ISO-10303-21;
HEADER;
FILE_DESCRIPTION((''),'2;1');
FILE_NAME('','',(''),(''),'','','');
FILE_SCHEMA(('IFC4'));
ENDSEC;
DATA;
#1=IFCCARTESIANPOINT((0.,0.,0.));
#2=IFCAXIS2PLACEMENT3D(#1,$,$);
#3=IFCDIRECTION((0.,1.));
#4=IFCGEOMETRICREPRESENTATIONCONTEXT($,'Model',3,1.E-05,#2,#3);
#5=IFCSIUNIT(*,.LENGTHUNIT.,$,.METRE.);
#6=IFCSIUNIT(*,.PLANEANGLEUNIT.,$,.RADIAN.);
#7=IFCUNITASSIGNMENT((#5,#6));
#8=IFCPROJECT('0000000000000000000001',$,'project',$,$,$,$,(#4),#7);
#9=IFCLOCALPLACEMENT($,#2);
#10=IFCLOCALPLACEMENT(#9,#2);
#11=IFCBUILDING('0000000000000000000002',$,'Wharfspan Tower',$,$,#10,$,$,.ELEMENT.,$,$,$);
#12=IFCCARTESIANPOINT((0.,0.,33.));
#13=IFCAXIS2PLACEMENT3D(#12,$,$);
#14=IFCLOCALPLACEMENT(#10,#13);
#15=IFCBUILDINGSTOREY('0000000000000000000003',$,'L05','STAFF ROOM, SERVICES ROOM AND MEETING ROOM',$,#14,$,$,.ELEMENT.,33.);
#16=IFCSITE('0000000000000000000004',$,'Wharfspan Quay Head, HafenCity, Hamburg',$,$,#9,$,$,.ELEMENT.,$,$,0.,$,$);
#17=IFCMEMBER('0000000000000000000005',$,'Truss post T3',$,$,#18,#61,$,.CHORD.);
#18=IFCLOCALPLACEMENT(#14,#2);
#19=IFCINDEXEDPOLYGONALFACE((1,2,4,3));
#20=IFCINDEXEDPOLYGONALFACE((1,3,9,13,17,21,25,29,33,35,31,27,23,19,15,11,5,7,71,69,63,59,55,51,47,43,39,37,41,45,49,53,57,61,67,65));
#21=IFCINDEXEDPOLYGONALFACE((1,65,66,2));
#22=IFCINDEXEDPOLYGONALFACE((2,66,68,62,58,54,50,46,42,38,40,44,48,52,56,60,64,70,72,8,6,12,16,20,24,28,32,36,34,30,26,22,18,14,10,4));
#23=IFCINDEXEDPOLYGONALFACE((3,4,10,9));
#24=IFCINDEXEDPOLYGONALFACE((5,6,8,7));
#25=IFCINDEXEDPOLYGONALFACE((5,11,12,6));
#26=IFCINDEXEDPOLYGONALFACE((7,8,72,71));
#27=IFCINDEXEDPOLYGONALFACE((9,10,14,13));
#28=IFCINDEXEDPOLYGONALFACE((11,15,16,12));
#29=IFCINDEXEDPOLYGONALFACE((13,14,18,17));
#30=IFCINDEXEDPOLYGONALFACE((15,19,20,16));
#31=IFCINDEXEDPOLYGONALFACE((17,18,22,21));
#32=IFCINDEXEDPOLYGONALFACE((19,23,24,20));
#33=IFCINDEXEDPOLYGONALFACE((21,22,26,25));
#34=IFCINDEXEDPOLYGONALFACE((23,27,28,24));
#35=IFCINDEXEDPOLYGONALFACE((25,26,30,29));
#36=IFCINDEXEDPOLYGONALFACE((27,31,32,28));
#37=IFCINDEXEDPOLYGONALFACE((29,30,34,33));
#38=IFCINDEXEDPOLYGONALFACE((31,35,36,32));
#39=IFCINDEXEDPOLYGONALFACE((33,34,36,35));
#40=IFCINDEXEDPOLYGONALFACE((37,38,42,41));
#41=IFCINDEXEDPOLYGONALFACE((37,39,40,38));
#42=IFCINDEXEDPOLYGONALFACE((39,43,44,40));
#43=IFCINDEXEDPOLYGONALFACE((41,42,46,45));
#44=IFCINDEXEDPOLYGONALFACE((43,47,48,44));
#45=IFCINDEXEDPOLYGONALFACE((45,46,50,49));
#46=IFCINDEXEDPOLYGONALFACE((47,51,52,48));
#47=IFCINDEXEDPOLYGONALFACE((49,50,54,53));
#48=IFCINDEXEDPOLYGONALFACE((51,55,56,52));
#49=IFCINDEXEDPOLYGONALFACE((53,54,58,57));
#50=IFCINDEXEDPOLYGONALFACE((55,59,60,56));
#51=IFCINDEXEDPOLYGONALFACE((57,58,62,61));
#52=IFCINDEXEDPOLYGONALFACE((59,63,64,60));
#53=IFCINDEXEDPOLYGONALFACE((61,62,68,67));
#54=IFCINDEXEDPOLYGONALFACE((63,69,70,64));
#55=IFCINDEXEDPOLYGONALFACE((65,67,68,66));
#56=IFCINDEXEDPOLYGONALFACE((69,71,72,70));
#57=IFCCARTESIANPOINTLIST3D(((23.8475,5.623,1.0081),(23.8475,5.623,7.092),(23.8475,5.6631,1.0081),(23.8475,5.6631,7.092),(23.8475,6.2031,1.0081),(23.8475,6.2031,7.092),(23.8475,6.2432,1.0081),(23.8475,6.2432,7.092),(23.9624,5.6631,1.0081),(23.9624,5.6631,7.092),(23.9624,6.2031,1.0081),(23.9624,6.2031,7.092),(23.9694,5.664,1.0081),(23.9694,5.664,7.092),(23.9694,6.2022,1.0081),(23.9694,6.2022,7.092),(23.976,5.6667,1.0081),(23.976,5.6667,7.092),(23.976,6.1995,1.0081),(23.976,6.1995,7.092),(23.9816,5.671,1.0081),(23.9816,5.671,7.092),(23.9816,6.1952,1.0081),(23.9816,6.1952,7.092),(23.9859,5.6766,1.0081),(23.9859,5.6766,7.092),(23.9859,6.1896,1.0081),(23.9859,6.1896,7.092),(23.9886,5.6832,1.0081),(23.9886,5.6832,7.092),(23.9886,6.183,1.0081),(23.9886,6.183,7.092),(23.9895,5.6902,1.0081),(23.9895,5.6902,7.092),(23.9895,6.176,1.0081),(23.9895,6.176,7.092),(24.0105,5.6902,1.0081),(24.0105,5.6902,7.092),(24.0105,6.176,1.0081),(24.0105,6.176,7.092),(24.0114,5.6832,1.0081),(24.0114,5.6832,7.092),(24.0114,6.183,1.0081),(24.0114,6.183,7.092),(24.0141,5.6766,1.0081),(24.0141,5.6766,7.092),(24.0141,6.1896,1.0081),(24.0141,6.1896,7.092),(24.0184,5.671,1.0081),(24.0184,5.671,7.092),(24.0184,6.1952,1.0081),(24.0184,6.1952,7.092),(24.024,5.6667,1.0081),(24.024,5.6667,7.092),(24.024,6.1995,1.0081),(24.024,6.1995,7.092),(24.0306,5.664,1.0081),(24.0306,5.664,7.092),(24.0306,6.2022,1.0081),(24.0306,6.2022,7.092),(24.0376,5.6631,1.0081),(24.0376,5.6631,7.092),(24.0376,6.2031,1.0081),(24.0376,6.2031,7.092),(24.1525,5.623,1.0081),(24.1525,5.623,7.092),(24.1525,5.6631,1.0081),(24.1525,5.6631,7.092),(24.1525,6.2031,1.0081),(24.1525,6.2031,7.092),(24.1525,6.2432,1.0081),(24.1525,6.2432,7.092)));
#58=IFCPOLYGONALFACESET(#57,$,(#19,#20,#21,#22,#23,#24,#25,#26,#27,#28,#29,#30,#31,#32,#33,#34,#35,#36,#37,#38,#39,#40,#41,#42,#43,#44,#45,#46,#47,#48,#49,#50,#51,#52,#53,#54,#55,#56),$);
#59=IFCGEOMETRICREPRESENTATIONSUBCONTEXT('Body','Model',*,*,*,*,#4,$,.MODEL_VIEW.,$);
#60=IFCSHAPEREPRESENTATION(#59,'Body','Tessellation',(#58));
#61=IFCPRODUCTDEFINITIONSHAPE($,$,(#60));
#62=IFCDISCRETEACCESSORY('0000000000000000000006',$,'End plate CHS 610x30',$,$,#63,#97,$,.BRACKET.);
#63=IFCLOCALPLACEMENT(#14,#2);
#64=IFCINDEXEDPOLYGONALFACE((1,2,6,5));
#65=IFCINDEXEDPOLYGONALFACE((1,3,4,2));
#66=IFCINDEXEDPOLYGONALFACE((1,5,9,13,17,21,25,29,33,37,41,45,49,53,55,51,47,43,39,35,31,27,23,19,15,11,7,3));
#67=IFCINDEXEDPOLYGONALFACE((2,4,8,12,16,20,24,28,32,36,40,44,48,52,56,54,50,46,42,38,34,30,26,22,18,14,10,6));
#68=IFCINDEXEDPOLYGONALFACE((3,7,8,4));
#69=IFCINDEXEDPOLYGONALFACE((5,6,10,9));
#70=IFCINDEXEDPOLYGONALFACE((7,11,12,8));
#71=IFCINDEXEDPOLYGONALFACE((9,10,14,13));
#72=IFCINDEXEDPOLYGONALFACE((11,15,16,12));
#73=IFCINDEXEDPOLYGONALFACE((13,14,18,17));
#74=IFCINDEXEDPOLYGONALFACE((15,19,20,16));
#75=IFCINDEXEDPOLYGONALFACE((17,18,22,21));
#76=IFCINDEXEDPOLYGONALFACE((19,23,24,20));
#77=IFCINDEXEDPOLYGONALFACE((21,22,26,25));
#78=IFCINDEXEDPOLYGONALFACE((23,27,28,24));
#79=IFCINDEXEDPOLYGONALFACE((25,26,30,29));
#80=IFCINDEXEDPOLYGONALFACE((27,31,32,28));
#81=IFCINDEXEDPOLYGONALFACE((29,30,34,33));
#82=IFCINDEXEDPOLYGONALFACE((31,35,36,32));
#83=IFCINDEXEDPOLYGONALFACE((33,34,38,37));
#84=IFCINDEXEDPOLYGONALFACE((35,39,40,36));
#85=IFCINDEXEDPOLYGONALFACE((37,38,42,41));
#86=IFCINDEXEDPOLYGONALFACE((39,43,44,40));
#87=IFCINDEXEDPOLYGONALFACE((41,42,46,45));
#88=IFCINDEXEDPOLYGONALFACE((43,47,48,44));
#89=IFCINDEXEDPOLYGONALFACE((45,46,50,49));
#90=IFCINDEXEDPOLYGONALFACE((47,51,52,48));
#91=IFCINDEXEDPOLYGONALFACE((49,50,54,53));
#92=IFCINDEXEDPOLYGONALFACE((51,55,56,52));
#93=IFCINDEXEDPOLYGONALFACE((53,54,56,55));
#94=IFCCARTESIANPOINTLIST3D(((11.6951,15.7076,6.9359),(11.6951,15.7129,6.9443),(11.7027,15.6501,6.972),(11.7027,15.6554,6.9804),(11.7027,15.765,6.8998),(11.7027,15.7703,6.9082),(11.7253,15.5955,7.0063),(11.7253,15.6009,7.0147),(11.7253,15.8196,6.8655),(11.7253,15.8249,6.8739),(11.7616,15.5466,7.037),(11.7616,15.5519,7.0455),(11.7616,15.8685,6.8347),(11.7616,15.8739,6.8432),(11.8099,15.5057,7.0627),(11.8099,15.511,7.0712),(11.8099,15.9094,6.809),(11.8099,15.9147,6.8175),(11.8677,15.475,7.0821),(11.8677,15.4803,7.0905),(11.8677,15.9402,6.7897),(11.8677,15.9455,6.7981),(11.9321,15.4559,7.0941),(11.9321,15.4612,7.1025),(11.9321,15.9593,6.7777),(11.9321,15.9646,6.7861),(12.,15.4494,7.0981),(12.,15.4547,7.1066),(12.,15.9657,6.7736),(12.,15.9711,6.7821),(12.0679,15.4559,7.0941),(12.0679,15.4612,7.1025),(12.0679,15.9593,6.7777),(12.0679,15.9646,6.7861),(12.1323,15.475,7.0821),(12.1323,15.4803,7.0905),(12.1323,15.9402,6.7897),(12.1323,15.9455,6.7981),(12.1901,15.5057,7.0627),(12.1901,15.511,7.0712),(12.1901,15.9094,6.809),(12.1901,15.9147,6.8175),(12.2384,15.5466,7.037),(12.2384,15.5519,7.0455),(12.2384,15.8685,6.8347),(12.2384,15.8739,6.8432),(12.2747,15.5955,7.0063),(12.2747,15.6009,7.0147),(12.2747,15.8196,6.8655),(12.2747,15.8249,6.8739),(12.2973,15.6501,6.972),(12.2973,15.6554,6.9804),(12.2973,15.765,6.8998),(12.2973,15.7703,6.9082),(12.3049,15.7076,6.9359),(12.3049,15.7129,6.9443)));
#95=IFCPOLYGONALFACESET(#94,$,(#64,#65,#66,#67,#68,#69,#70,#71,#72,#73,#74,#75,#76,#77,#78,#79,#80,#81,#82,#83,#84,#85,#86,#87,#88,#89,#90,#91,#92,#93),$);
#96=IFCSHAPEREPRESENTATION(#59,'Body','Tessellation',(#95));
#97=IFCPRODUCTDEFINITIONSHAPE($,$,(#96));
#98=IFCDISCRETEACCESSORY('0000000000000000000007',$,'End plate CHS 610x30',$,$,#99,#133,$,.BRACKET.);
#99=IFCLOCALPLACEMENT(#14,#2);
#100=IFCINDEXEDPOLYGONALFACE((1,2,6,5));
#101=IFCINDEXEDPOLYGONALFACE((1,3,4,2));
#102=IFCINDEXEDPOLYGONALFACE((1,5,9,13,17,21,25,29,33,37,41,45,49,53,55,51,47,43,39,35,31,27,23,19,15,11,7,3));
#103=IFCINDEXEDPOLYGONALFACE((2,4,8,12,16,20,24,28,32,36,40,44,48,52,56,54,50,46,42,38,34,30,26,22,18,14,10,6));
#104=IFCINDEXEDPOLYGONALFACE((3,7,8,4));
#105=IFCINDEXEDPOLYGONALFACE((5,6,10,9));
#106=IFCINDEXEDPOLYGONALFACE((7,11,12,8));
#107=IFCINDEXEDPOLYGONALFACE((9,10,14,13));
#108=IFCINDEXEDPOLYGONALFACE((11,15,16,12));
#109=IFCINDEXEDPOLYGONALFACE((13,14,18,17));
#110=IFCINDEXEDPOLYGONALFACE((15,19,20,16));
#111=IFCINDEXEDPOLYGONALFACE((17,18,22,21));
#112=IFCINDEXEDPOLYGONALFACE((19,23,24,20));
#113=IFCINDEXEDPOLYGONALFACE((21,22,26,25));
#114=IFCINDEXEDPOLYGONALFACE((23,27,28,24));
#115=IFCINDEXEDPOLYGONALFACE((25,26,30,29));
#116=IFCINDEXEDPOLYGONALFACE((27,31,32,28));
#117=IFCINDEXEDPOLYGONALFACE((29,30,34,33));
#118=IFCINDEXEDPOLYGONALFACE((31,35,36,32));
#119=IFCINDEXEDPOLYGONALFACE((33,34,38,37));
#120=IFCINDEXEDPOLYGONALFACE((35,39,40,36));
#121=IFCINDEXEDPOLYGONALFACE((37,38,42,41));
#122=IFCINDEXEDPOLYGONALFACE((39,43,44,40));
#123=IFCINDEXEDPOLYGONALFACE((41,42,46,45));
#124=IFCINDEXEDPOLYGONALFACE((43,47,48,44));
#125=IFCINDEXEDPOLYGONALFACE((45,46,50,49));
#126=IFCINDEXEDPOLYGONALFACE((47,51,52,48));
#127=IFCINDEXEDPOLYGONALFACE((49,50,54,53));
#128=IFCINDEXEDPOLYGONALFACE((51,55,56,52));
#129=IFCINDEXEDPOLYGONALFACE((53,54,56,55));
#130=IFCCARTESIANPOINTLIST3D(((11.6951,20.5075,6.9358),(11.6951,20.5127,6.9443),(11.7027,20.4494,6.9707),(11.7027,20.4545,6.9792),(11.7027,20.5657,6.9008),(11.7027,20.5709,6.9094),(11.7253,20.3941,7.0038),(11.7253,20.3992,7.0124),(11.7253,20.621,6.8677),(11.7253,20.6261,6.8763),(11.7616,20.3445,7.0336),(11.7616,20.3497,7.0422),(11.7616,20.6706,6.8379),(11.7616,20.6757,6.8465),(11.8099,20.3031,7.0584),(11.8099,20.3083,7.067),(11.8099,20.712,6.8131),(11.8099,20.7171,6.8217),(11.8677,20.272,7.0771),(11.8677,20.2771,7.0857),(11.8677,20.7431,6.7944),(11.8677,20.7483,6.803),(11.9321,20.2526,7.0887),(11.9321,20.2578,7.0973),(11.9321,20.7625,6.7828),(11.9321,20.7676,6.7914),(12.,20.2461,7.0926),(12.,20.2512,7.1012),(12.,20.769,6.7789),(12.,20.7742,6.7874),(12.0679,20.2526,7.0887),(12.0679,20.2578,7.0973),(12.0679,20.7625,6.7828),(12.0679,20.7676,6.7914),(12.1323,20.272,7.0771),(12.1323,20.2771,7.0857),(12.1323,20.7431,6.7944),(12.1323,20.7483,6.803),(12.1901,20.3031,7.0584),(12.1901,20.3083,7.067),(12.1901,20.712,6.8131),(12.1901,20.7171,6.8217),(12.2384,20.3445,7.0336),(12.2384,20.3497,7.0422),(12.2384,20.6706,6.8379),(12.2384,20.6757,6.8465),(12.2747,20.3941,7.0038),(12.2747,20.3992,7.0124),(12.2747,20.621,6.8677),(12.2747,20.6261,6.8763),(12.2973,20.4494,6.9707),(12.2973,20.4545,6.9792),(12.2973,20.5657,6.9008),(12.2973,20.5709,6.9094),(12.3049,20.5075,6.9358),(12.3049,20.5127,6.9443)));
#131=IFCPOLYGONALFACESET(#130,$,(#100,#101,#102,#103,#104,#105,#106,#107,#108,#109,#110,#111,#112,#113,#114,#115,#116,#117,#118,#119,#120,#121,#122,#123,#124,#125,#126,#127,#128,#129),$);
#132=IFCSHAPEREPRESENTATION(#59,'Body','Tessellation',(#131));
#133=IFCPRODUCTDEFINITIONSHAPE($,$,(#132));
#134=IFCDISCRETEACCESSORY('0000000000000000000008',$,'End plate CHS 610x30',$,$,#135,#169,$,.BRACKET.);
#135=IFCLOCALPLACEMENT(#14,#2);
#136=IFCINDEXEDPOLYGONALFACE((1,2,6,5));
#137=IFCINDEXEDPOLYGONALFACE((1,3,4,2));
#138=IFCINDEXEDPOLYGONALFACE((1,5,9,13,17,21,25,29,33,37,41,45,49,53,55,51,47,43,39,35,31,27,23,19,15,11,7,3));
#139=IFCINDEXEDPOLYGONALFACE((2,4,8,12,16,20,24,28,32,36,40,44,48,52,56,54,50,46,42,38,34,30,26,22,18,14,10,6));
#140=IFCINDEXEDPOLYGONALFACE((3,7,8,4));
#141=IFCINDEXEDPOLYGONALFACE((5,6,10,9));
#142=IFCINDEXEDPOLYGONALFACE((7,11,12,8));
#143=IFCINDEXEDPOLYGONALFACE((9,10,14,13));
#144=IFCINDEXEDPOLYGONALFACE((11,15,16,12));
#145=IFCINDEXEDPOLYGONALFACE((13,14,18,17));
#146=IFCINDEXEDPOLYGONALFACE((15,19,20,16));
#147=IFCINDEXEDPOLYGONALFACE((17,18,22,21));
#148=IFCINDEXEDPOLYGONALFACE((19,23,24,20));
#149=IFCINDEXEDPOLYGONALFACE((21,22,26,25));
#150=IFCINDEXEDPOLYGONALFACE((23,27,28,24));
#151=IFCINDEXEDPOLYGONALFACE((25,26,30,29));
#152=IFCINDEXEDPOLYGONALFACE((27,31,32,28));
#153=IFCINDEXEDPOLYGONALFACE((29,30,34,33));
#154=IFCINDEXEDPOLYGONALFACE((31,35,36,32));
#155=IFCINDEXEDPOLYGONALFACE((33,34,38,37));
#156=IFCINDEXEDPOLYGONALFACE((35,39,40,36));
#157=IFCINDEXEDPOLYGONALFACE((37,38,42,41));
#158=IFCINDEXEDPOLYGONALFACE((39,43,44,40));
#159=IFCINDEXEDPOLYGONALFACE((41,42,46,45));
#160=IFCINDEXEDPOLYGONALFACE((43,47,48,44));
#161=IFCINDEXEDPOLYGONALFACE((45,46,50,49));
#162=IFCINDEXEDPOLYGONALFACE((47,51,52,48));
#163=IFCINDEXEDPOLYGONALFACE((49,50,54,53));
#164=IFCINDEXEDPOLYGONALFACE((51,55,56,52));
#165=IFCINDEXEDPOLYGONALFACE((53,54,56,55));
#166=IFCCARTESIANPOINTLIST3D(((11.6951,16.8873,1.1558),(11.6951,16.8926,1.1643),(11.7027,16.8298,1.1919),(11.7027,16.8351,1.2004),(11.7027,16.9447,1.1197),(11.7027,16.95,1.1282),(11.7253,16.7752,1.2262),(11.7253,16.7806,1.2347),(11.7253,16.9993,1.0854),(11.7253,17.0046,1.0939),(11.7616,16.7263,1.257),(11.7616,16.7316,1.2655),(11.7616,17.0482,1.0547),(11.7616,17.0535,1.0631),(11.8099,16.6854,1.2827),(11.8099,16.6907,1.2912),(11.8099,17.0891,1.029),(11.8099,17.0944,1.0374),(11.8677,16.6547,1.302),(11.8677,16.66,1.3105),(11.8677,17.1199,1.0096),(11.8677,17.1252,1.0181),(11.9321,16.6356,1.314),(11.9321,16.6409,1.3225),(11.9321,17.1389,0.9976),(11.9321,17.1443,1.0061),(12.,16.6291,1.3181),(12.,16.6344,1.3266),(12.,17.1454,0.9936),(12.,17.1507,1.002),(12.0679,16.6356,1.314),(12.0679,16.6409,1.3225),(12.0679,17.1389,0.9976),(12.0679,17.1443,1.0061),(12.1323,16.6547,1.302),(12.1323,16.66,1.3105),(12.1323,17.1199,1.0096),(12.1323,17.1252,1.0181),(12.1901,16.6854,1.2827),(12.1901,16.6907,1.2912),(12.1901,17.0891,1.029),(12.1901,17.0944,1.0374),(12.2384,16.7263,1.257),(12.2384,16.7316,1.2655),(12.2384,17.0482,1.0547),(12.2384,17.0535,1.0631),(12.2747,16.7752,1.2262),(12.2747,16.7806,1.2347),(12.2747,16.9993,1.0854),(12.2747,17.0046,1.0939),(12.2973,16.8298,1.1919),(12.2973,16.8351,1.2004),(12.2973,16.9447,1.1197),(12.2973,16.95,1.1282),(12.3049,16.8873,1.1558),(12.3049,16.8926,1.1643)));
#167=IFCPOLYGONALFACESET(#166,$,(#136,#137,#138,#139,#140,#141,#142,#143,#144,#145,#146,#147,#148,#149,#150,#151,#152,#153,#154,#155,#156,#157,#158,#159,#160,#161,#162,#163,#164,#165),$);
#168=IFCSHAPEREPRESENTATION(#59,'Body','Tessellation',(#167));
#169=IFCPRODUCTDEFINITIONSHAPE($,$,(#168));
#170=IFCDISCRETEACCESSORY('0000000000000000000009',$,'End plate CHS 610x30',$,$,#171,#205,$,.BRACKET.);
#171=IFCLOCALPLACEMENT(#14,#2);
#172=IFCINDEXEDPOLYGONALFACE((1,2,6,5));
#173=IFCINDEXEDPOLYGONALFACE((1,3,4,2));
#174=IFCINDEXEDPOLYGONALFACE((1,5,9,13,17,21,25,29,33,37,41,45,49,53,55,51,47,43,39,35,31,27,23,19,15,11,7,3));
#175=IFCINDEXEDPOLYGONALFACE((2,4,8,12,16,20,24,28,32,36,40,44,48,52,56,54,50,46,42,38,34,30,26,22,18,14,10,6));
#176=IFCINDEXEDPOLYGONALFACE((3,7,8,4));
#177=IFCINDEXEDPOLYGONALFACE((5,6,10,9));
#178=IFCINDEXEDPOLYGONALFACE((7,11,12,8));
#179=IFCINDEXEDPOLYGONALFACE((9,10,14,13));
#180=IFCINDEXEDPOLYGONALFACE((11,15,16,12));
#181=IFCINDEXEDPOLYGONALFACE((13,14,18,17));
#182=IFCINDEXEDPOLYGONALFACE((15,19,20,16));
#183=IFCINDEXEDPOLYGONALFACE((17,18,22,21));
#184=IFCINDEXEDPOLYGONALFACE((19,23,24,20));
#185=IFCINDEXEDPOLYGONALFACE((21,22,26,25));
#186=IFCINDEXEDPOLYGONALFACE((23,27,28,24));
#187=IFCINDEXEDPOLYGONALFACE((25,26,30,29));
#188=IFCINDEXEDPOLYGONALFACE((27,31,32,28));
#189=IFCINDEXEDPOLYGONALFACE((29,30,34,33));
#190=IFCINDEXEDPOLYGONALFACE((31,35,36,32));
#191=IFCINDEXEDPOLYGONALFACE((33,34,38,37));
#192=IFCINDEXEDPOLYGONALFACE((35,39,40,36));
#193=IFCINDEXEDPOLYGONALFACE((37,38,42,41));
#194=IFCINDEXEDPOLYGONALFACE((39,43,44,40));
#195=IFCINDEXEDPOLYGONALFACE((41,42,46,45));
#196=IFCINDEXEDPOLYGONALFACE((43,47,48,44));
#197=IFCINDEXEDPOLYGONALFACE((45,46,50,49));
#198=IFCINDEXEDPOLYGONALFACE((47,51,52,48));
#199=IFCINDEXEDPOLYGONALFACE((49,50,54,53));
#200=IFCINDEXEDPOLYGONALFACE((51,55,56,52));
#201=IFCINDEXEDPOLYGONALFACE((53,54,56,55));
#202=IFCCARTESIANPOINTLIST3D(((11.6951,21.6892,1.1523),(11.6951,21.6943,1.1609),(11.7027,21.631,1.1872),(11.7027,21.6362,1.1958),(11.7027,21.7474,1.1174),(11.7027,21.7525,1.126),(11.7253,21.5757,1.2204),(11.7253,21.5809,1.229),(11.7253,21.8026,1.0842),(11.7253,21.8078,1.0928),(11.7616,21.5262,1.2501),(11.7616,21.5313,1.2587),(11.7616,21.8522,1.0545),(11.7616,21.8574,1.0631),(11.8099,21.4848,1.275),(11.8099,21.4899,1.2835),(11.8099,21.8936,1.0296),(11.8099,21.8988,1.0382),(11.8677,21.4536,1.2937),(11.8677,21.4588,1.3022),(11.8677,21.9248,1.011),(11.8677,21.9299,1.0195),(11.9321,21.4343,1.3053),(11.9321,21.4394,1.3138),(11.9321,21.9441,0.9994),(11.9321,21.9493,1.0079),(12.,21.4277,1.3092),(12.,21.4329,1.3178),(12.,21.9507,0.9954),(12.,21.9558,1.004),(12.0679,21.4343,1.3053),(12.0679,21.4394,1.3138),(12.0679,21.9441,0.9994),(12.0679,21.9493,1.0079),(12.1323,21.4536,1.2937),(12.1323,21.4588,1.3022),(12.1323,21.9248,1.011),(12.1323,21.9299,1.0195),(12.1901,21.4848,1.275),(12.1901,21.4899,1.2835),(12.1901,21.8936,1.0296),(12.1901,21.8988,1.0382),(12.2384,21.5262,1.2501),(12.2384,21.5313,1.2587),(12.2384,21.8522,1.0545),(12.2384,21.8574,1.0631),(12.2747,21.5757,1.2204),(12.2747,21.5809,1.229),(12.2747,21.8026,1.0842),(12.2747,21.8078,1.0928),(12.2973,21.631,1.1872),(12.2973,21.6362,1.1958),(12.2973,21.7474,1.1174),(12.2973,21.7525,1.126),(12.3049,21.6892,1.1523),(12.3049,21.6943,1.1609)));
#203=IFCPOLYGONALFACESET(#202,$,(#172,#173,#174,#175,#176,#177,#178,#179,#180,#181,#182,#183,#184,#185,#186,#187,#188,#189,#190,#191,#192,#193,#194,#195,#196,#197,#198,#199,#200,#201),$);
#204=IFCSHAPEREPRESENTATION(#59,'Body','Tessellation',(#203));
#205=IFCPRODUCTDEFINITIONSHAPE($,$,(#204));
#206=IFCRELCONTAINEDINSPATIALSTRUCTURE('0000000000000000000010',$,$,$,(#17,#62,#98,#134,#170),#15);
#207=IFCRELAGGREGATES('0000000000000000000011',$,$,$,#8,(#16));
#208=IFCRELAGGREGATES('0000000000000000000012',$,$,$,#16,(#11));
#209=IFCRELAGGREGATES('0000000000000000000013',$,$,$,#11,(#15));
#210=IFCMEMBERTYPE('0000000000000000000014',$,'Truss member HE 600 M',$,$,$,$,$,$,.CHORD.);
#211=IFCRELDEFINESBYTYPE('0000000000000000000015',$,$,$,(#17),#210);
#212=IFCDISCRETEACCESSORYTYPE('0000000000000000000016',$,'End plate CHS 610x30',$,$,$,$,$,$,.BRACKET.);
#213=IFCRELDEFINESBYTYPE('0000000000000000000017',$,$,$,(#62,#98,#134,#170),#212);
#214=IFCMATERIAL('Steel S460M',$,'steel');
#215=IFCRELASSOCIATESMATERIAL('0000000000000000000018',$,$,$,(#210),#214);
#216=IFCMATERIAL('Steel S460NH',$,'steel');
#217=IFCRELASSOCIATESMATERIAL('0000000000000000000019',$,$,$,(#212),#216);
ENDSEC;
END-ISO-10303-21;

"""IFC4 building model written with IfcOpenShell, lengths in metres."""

from ifc_helpers import new_model, si_unit, direction, frame, origin, origin_2d, place, context, subcontext, project, spatial, circle, i_section, extrude, material, material_profile, profile_set, type_object, element, save


model = new_model("IFC4")

# Units and contexts
model_context = context("Model", 3, precision=1e-05, world=origin(), true_north=direction((0.0, 1.0)))
body_context = subcontext(model_context, "Body", "Model", "MODEL_VIEW")
ifc_project = project(units=[si_unit("LENGTHUNIT", "METRE"), si_unit("PLANEANGLEUNIT", "RADIAN")], contexts=[model_context])

# Site, building, storey
site_placement = place(None, origin())
site = spatial("IfcSite", under=ifc_project, at=site_placement, Name="Wharfspan Quay Head, HafenCity, Hamburg", CompositionType="ELEMENT", RefElevation=0.0)
building_placement = place(site_placement, origin())
building = spatial("IfcBuilding", under=site, at=building_placement, Name="Wharfspan Tower", CompositionType="ELEMENT")
storey_placement = place(building_placement, frame((0.0, 0.0, 33.0)))
storey = spatial("IfcBuildingStorey", under=building, at=storey_placement, Name="L05", Description="STAFF ROOM, SERVICES ROOM AND MEETING ROOM", CompositionType="ELEMENT", Elevation=33.0)

# Member
ifc_material_1 = material(Name="Steel S460NH", Category="steel")
ifc_material_2 = material(Name="Steel S460M", Category="steel")
ifc_material_profile_1 = material_profile(ifc_material_2, i_section(OverallWidth=0.3049, OverallDepth=0.6201, WebThickness=0.021, FlangeThickness=0.04, FilletRadius=0.0271, at=origin_2d()))
ifc_profile_set_1 = profile_set([ifc_material_profile_1], Name="Steel S460M")
member_type_1 = type_object("IfcMemberType", Name="Truss member HE 600 M", PredefinedType="CHORD", material=ifc_profile_set_1)
for number, where, z_axis, x_axis, name in (
    (1, (24.0, 5.9331, 1.0081), (0.0, 0.0, 1.0), (1.0, 0.0, 0.0), "Truss post T3"),
):
    element("IfcMember", number, at=place(storey_placement, frame(where, z_axis=z_axis, x_axis=x_axis)), inside=storey, type_object=member_type_1, Name=name, PredefinedType="CHORD", context=body_context, shape_type="SweptSolid", body=[
        extrude(i_section(OverallWidth=0.3049, OverallDepth=0.6201, WebThickness=0.021, FlangeThickness=0.04, FilletRadius=0.0271, at=origin_2d()), origin(), (0.0, 0.0, 1.0), 6.084),
    ])

# Discrete accessories
ifc_material_profile_2 = material_profile(ifc_material_1, circle(Radius=0.3049, at=origin_2d()))
ifc_profile_set_2 = profile_set([ifc_material_profile_2], Name="Steel S460NH")
discrete_accessory_type = type_object("IfcDiscreteAccessoryType", Name="End plate CHS 610x30", PredefinedType="BRACKET", material=ifc_profile_set_2)
for number, where, z_axis, x_axis, name in (
    (2, (12.0, 15.7129, 6.9443), (0.0, -0.532172, -0.846637), (1.0, 0.0, 0.0), "End plate CHS 610x30"),
    (3, (12.0, 20.5127, 6.9443), (0.0, -0.514496, -0.857493), (1.0, 0.0, 0.0), "End plate CHS 610x30"),
    (4, (12.0, 16.8926, 1.1643), (0.0, -0.532172, -0.846637), (1.0, 0.0, 0.0), "End plate CHS 610x30"),
    (5, (12.0, 21.6943, 1.1609), (0.0, -0.514496, -0.857493), (1.0, 0.0, 0.0), "End plate CHS 610x30"),
):
    element("IfcDiscreteAccessory", number, at=place(storey_placement, frame(where, z_axis=z_axis, x_axis=x_axis)), inside=storey, type_object=discrete_accessory_type, Name=name, PredefinedType="BRACKET", context=body_context, shape_type="SweptSolid", body=[
        extrude(circle(Radius=0.3049, at=origin_2d()), origin(), (0.0, 0.0, 1.0), 0.01),
    ])

save(model, "model.ifc")
